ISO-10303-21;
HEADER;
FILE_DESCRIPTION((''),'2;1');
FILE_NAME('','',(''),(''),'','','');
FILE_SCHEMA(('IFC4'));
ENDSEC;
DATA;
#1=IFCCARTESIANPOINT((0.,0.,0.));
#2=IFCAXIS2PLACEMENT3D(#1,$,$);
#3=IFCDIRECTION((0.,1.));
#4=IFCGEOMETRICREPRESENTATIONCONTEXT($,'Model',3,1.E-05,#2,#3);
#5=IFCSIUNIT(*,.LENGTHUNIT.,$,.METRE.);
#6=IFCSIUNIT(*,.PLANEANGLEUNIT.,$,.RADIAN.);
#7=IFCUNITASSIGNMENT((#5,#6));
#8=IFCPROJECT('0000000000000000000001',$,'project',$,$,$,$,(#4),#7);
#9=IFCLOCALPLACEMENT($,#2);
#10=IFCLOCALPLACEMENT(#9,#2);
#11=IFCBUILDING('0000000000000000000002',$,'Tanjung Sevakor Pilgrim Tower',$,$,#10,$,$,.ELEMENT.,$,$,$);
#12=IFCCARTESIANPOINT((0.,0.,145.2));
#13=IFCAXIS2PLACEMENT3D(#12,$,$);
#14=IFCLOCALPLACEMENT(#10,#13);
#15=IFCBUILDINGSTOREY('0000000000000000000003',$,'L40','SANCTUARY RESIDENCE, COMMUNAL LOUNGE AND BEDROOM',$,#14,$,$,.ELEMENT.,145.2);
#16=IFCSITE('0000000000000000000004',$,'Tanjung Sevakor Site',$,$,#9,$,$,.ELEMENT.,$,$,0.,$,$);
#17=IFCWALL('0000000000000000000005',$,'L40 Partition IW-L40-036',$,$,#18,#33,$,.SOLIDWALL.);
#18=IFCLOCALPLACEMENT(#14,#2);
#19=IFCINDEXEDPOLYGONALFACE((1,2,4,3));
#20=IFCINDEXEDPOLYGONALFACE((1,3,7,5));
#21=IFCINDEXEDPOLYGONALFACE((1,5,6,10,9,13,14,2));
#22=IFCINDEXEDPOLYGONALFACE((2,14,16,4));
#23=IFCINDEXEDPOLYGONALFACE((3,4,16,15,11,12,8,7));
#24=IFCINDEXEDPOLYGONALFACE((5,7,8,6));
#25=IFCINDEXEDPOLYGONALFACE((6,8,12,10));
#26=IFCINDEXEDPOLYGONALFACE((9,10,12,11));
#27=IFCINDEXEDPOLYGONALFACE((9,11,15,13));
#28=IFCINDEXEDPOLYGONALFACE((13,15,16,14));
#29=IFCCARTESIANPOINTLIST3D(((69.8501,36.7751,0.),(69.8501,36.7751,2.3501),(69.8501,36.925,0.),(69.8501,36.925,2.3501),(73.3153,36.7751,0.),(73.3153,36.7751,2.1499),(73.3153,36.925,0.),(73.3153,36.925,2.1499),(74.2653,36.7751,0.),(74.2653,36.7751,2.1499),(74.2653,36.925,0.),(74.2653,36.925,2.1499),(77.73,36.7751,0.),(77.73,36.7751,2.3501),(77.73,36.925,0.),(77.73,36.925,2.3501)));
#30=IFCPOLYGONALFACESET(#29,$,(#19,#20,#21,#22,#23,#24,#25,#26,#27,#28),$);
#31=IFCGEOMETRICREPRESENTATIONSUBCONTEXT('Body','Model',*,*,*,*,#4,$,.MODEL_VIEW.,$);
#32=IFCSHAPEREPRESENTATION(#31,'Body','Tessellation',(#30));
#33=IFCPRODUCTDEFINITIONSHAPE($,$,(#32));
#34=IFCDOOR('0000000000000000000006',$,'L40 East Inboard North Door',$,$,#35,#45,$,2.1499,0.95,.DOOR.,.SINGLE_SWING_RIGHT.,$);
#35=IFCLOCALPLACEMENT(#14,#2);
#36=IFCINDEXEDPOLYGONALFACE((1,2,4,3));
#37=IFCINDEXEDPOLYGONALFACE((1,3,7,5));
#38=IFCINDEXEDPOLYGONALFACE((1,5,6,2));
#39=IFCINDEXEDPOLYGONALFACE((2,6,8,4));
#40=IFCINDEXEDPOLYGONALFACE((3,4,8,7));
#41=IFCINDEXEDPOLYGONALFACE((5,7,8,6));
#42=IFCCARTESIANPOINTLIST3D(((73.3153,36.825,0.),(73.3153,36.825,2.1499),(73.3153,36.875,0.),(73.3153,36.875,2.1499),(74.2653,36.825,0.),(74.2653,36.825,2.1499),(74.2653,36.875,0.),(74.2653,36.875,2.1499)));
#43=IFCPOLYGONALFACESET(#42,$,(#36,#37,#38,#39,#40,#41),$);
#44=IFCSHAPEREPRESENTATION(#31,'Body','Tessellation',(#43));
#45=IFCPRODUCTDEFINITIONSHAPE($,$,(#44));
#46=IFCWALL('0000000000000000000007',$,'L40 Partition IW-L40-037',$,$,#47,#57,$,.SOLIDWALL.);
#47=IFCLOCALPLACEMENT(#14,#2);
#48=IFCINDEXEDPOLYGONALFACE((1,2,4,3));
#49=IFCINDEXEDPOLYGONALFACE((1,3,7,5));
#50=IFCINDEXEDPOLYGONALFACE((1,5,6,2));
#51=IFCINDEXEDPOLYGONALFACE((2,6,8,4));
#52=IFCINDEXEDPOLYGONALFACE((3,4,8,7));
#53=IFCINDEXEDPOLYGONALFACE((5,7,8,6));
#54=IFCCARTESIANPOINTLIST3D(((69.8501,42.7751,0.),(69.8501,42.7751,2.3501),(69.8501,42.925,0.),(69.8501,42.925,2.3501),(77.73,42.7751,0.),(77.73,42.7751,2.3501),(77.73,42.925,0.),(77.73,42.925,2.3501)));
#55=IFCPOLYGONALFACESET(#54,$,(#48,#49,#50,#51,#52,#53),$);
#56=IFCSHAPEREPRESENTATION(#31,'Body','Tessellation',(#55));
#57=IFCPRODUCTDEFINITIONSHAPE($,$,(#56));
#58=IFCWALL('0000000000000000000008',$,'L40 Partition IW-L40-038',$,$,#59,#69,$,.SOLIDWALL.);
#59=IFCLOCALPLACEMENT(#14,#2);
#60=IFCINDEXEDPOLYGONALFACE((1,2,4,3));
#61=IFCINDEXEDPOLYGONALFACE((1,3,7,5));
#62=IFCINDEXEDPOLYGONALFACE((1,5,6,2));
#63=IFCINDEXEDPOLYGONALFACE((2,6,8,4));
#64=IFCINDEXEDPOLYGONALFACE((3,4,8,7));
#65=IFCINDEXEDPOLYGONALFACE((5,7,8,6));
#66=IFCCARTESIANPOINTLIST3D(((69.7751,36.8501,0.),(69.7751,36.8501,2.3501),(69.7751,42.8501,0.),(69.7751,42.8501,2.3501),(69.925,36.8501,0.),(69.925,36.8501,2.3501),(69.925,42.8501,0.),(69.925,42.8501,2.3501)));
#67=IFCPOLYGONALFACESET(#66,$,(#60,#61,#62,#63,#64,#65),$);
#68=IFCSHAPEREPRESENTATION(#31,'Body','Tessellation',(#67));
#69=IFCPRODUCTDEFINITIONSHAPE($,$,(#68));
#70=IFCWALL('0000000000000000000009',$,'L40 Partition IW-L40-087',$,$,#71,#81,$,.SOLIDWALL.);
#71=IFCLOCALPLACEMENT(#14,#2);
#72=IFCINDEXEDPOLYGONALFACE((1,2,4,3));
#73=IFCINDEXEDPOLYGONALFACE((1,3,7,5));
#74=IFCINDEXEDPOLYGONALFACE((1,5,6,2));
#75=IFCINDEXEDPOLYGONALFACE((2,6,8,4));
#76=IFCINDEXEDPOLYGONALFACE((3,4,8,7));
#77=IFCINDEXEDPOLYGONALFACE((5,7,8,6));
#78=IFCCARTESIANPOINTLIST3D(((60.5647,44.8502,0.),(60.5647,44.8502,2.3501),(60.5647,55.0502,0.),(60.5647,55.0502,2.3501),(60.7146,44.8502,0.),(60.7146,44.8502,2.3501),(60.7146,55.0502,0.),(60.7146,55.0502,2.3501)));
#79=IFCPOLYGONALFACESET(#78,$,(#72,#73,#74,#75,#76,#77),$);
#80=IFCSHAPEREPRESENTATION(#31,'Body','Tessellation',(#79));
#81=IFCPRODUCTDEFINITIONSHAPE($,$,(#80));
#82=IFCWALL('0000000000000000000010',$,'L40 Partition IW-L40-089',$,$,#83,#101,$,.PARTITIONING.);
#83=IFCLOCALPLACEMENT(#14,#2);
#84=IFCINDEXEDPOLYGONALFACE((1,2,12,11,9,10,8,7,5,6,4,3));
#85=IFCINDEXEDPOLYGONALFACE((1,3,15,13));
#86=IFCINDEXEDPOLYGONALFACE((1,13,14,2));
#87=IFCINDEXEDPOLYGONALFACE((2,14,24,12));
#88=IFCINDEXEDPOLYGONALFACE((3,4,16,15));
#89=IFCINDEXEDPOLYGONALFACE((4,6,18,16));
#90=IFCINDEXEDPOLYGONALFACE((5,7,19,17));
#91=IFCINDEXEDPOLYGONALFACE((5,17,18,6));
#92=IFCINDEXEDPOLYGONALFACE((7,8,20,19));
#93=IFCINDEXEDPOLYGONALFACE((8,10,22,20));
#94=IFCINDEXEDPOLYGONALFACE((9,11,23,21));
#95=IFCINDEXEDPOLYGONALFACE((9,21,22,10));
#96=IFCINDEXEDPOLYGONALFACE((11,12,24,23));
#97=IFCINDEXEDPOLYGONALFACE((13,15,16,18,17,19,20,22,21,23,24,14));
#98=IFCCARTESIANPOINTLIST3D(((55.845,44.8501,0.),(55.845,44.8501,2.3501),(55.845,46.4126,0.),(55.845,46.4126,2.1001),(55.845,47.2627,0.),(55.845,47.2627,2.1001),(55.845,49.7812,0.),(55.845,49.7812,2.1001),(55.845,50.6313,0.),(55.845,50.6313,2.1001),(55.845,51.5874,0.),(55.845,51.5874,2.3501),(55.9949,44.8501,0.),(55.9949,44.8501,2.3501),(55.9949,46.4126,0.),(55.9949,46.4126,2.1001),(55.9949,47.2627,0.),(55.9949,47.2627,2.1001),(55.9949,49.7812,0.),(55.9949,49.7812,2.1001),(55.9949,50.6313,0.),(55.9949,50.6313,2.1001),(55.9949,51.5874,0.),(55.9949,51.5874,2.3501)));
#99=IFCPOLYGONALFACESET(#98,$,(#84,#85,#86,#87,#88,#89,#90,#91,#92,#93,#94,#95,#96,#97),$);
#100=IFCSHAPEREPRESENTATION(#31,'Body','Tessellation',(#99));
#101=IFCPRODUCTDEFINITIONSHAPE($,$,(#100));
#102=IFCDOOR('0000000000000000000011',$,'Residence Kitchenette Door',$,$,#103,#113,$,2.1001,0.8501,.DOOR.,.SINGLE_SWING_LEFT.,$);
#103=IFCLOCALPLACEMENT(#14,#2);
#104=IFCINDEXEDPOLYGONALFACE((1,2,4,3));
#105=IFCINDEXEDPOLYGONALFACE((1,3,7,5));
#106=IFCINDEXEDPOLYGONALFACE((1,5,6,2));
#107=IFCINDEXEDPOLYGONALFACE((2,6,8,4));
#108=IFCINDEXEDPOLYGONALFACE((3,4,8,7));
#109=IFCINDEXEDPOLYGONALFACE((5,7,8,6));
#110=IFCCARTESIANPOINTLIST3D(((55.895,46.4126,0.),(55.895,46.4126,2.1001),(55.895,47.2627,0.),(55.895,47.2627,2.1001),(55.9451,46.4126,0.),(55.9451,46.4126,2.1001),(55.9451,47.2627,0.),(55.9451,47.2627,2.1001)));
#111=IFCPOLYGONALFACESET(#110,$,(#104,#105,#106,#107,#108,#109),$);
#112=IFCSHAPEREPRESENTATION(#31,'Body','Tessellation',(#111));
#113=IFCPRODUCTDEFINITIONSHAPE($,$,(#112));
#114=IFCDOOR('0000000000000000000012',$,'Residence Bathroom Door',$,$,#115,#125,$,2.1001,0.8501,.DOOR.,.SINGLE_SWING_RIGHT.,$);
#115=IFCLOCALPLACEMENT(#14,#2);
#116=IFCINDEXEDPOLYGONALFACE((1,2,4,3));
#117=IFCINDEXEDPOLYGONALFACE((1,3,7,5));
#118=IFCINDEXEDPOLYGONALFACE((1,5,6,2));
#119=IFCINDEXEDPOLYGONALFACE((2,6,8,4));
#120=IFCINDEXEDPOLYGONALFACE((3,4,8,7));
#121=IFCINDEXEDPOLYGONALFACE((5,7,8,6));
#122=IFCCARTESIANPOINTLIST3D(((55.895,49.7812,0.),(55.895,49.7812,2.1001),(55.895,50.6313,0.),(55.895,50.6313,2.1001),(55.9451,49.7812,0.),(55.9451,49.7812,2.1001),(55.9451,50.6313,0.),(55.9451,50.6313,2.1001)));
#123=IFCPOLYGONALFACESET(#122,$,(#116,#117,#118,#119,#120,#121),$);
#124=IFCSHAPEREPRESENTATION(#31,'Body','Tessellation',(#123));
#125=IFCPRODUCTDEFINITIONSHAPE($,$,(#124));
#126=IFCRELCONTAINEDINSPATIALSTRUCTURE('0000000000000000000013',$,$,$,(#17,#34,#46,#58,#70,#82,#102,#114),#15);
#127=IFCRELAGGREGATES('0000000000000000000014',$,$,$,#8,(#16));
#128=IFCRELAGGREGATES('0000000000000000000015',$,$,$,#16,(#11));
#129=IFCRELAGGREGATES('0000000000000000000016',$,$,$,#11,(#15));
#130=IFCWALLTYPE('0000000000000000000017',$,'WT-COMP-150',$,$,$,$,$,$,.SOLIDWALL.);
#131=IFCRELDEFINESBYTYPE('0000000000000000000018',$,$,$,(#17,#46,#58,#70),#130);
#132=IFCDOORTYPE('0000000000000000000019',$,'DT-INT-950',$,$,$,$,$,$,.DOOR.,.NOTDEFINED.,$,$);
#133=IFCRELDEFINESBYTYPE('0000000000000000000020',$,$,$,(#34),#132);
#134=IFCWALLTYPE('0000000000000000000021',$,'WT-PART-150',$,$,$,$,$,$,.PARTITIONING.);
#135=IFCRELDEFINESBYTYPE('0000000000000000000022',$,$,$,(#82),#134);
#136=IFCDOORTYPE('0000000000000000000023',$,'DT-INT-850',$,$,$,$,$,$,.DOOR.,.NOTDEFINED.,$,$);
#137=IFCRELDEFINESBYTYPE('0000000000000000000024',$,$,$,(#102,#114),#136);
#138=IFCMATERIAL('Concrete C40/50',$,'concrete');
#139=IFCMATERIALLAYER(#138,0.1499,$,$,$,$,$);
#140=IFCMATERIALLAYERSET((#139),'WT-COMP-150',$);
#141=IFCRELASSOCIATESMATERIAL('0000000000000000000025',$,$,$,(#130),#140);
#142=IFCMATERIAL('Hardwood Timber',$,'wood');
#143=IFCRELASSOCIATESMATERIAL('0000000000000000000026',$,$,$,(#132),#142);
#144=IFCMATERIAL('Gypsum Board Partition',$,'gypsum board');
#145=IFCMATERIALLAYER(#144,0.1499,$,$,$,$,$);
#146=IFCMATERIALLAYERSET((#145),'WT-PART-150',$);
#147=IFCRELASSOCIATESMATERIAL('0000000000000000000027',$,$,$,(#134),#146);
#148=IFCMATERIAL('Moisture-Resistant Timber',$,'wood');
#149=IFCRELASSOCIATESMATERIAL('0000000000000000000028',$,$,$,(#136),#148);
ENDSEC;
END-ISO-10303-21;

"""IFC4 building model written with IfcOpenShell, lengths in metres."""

from ifc_helpers import new_model, si_unit, direction, frame, frame_2d, origin, place, context, subcontext, project, spatial, rectangle, extrude, material, layer, layer_set, type_object, element, fill, save


model = new_model("IFC4")

# Units and contexts
model_context = context("Model", 3, precision=1e-05, world=origin(), true_north=direction((0.0, 1.0)))
body_context = subcontext(model_context, "Body", "Model", "MODEL_VIEW")
ifc_project = project(units=[si_unit("LENGTHUNIT", "METRE"), si_unit("PLANEANGLEUNIT", "RADIAN")], contexts=[model_context])

# Site, building, storey
site_placement = place(None, origin())
site = spatial("IfcSite", under=ifc_project, at=site_placement, Name="Tanjung Sevakor Site", CompositionType="ELEMENT", RefElevation=0.0)
building_placement = place(site_placement, origin())
building = spatial("IfcBuilding", under=site, at=building_placement, Name="Tanjung Sevakor Pilgrim Tower", CompositionType="ELEMENT")
storey_placement = place(building_placement, frame((0.0, 0.0, 145.2)))
storey = spatial("IfcBuildingStorey", under=building, at=storey_placement, Name="L40", Description="SANCTUARY RESIDENCE, COMMUNAL LOUNGE AND BEDROOM", CompositionType="ELEMENT", Elevation=145.2)

# Wall, opening, door
ifc_material_1 = material(Name="Concrete C40/50", Category="concrete")
ifc_layer_1 = layer(ifc_material_1, 0.1499)
ifc_layer_set_1 = layer_set([ifc_layer_1], Name="WT-COMP-150")
wall_type_1 = type_object("IfcWallType", Name="WT-COMP-150", PredefinedType="SOLIDWALL", material=ifc_layer_set_1)
ifc_material_2 = material(Name="Hardwood Timber", Category="wood")
door_type_1 = type_object("IfcDoorType", Name="DT-INT-950", OperationType="NOTDEFINED", PredefinedType="DOOR", material=ifc_material_2)
wall_1_placement = place(storey_placement, frame((69.8501, 36.8501, 0.0), z_axis=(0.0, 0.0, 1.0), x_axis=(1.0, 0.0, 0.0)))
wall_1 = element("IfcWall", 1, at=wall_1_placement, inside=storey, type_object=wall_type_1, Name="L40 Partition IW-L40-036", PredefinedType="SOLIDWALL", context=body_context, shape_type="SweptSolid", body=[
    extrude(rectangle(XDim=7.8799, YDim=0.1499, at=frame_2d((3.9399, 0.0))), origin(), (0.0, 0.0, 1.0), 2.3501),
])
opening_1_placement = place(wall_1_placement, frame((3.4651, 0.0, 0.0)))
opening_1 = element("IfcOpeningElement", 2, at=opening_1_placement, cuts=wall_1, PredefinedType="OPENING", context=body_context, shape_type="SweptSolid", body=[
    extrude(rectangle(XDim=0.95, YDim=2.1499, at=frame_2d((0.4751, 1.075))), frame((0.0, 0.085, 0.0), z_axis=(0.0, -1.0, 0.0), x_axis=(1.0, 0.0, 0.0)), (0.0, 0.0, 1.0), 0.1699),
])
door_1_placement = place(opening_1_placement, origin())
door_1 = element("IfcDoor", 3, at=door_1_placement, inside=storey, type_object=door_type_1, Name="L40 East Inboard North Door", OperationType="SINGLE_SWING_RIGHT", OverallHeight=2.1499, OverallWidth=0.95, PredefinedType="DOOR", context=body_context, shape_type="SweptSolid", body=[
    extrude(rectangle(XDim=0.95, YDim=2.1499, at=frame_2d((0.4751, 1.075))), frame((0.0, 0.0249, 0.0), z_axis=(0.0, -1.0, 0.0), x_axis=(1.0, 0.0, 0.0)), (0.0, 0.0, 1.0), 0.05),
])
fill(opening_1, door_1)

# Walls
wall_2_placement = place(storey_placement, frame((69.8501, 42.8501, 0.0), z_axis=(0.0, 0.0, 1.0), x_axis=(1.0, 0.0, 0.0)))
element("IfcWall", 4, at=wall_2_placement, inside=storey, type_object=wall_type_1, Name="L40 Partition IW-L40-037", PredefinedType="SOLIDWALL", context=body_context, shape_type="SweptSolid", body=[
    extrude(rectangle(XDim=7.8799, YDim=0.1499, at=frame_2d((3.9399, 0.0))), origin(), (0.0, 0.0, 1.0), 2.3501),
])
wall_3_placement = place(storey_placement, frame((69.8501, 36.8501, 0.0), z_axis=(0.0, 0.0, 1.0), x_axis=(0.0, 1.0, 0.0)))
element("IfcWall", 5, at=wall_3_placement, inside=storey, type_object=wall_type_1, Name="L40 Partition IW-L40-038", PredefinedType="SOLIDWALL", context=body_context, shape_type="SweptSolid", body=[
    extrude(rectangle(XDim=6.0, YDim=0.1499, at=frame_2d((3.0, 0.0))), origin(), (0.0, 0.0, 1.0), 2.3501),
])
wall_4_placement = place(storey_placement, frame((60.6396, 44.8501, 0.0), z_axis=(0.0, 0.0, 1.0), x_axis=(0.0, 1.0, 0.0)))
element("IfcWall", 6, at=wall_4_placement, inside=storey, type_object=wall_type_1, Name="L40 Partition IW-L40-087", PredefinedType="SOLIDWALL", context=body_context, shape_type="SweptSolid", body=[
    extrude(rectangle(XDim=10.2, YDim=0.1499, at=frame_2d((5.1001, 0.0))), origin(), (0.0, 0.0, 1.0), 2.3501),
])

# Wall, openings, doors
ifc_material_3 = material(Name="Gypsum Board Partition", Category="gypsum board")
ifc_layer_2 = layer(ifc_material_3, 0.1499)
ifc_layer_set_2 = layer_set([ifc_layer_2], Name="WT-PART-150")
wall_type_2 = type_object("IfcWallType", Name="WT-PART-150", PredefinedType="PARTITIONING", material=ifc_layer_set_2)
wall_5_placement = place(storey_placement, frame((55.9199, 44.8501, 0.0), z_axis=(0.0, 0.0, 1.0), x_axis=(0.0, 1.0, 0.0)))
wall_5 = element("IfcWall", 7, at=wall_5_placement, inside=storey, type_object=wall_type_2, Name="L40 Partition IW-L40-089", PredefinedType="PARTITIONING", context=body_context, shape_type="SweptSolid", body=[
    extrude(rectangle(XDim=6.7373, YDim=0.1499, at=frame_2d((3.3687, 0.0))), origin(), (0.0, 0.0, 1.0), 2.3501),
])
opening_2_placement = place(wall_5_placement, frame((1.5625, 0.0, 0.0)))
opening_2 = element("IfcOpeningElement", 8, at=opening_2_placement, cuts=wall_5, PredefinedType="OPENING", context=body_context, shape_type="SweptSolid", body=[
    extrude(rectangle(XDim=0.8501, YDim=2.1001, at=frame_2d((0.425, 1.05))), frame((0.0, 0.085, 0.0), z_axis=(0.0, -1.0, 0.0), x_axis=(1.0, 0.0, 0.0)), (0.0, 0.0, 1.0), 0.1699),
])
opening_3_placement = place(wall_5_placement, frame((4.9312, 0.0, 0.0)))
opening_3 = element("IfcOpeningElement", 9, at=opening_3_placement, cuts=wall_5, PredefinedType="OPENING", context=body_context, shape_type="SweptSolid", body=[
    extrude(rectangle(XDim=0.8501, YDim=2.1001, at=frame_2d((0.425, 1.05))), frame((0.0, 0.085, 0.0), z_axis=(0.0, -1.0, 0.0), x_axis=(1.0, 0.0, 0.0)), (0.0, 0.0, 1.0), 0.1699),
])
ifc_material_4 = material(Name="Moisture-Resistant Timber", Category="wood")
door_type_2 = type_object("IfcDoorType", Name="DT-INT-850", OperationType="NOTDEFINED", PredefinedType="DOOR", material=ifc_material_4)
door_2_placement = place(opening_2_placement, origin())
door_2 = element("IfcDoor", 10, at=door_2_placement, inside=storey, type_object=door_type_2, Name="Residence Kitchenette Door", OperationType="SINGLE_SWING_LEFT", OverallHeight=2.1001, OverallWidth=0.8501, PredefinedType="DOOR", context=body_context, shape_type="SweptSolid", body=[
    extrude(rectangle(XDim=0.8501, YDim=2.1001, at=frame_2d((0.425, 1.05))), frame((0.0, 0.0249, 0.0), z_axis=(0.0, -1.0, 0.0), x_axis=(1.0, 0.0, 0.0)), (0.0, 0.0, 1.0), 0.05),
])
fill(opening_2, door_2)
door_3_placement = place(opening_3_placement, origin())
door_3 = element("IfcDoor", 11, at=door_3_placement, inside=storey, type_object=door_type_2, Name="Residence Bathroom Door", OperationType="SINGLE_SWING_RIGHT", OverallHeight=2.1001, OverallWidth=0.8501, PredefinedType="DOOR", context=body_context, shape_type="SweptSolid", body=[
    extrude(rectangle(XDim=0.8501, YDim=2.1001, at=frame_2d((0.425, 1.05))), frame((0.0, 0.0249, 0.0), z_axis=(0.0, -1.0, 0.0), x_axis=(1.0, 0.0, 0.0)), (0.0, 0.0, 1.0), 0.05),
])
fill(opening_3, door_3)

save(model, "model.ifc")
